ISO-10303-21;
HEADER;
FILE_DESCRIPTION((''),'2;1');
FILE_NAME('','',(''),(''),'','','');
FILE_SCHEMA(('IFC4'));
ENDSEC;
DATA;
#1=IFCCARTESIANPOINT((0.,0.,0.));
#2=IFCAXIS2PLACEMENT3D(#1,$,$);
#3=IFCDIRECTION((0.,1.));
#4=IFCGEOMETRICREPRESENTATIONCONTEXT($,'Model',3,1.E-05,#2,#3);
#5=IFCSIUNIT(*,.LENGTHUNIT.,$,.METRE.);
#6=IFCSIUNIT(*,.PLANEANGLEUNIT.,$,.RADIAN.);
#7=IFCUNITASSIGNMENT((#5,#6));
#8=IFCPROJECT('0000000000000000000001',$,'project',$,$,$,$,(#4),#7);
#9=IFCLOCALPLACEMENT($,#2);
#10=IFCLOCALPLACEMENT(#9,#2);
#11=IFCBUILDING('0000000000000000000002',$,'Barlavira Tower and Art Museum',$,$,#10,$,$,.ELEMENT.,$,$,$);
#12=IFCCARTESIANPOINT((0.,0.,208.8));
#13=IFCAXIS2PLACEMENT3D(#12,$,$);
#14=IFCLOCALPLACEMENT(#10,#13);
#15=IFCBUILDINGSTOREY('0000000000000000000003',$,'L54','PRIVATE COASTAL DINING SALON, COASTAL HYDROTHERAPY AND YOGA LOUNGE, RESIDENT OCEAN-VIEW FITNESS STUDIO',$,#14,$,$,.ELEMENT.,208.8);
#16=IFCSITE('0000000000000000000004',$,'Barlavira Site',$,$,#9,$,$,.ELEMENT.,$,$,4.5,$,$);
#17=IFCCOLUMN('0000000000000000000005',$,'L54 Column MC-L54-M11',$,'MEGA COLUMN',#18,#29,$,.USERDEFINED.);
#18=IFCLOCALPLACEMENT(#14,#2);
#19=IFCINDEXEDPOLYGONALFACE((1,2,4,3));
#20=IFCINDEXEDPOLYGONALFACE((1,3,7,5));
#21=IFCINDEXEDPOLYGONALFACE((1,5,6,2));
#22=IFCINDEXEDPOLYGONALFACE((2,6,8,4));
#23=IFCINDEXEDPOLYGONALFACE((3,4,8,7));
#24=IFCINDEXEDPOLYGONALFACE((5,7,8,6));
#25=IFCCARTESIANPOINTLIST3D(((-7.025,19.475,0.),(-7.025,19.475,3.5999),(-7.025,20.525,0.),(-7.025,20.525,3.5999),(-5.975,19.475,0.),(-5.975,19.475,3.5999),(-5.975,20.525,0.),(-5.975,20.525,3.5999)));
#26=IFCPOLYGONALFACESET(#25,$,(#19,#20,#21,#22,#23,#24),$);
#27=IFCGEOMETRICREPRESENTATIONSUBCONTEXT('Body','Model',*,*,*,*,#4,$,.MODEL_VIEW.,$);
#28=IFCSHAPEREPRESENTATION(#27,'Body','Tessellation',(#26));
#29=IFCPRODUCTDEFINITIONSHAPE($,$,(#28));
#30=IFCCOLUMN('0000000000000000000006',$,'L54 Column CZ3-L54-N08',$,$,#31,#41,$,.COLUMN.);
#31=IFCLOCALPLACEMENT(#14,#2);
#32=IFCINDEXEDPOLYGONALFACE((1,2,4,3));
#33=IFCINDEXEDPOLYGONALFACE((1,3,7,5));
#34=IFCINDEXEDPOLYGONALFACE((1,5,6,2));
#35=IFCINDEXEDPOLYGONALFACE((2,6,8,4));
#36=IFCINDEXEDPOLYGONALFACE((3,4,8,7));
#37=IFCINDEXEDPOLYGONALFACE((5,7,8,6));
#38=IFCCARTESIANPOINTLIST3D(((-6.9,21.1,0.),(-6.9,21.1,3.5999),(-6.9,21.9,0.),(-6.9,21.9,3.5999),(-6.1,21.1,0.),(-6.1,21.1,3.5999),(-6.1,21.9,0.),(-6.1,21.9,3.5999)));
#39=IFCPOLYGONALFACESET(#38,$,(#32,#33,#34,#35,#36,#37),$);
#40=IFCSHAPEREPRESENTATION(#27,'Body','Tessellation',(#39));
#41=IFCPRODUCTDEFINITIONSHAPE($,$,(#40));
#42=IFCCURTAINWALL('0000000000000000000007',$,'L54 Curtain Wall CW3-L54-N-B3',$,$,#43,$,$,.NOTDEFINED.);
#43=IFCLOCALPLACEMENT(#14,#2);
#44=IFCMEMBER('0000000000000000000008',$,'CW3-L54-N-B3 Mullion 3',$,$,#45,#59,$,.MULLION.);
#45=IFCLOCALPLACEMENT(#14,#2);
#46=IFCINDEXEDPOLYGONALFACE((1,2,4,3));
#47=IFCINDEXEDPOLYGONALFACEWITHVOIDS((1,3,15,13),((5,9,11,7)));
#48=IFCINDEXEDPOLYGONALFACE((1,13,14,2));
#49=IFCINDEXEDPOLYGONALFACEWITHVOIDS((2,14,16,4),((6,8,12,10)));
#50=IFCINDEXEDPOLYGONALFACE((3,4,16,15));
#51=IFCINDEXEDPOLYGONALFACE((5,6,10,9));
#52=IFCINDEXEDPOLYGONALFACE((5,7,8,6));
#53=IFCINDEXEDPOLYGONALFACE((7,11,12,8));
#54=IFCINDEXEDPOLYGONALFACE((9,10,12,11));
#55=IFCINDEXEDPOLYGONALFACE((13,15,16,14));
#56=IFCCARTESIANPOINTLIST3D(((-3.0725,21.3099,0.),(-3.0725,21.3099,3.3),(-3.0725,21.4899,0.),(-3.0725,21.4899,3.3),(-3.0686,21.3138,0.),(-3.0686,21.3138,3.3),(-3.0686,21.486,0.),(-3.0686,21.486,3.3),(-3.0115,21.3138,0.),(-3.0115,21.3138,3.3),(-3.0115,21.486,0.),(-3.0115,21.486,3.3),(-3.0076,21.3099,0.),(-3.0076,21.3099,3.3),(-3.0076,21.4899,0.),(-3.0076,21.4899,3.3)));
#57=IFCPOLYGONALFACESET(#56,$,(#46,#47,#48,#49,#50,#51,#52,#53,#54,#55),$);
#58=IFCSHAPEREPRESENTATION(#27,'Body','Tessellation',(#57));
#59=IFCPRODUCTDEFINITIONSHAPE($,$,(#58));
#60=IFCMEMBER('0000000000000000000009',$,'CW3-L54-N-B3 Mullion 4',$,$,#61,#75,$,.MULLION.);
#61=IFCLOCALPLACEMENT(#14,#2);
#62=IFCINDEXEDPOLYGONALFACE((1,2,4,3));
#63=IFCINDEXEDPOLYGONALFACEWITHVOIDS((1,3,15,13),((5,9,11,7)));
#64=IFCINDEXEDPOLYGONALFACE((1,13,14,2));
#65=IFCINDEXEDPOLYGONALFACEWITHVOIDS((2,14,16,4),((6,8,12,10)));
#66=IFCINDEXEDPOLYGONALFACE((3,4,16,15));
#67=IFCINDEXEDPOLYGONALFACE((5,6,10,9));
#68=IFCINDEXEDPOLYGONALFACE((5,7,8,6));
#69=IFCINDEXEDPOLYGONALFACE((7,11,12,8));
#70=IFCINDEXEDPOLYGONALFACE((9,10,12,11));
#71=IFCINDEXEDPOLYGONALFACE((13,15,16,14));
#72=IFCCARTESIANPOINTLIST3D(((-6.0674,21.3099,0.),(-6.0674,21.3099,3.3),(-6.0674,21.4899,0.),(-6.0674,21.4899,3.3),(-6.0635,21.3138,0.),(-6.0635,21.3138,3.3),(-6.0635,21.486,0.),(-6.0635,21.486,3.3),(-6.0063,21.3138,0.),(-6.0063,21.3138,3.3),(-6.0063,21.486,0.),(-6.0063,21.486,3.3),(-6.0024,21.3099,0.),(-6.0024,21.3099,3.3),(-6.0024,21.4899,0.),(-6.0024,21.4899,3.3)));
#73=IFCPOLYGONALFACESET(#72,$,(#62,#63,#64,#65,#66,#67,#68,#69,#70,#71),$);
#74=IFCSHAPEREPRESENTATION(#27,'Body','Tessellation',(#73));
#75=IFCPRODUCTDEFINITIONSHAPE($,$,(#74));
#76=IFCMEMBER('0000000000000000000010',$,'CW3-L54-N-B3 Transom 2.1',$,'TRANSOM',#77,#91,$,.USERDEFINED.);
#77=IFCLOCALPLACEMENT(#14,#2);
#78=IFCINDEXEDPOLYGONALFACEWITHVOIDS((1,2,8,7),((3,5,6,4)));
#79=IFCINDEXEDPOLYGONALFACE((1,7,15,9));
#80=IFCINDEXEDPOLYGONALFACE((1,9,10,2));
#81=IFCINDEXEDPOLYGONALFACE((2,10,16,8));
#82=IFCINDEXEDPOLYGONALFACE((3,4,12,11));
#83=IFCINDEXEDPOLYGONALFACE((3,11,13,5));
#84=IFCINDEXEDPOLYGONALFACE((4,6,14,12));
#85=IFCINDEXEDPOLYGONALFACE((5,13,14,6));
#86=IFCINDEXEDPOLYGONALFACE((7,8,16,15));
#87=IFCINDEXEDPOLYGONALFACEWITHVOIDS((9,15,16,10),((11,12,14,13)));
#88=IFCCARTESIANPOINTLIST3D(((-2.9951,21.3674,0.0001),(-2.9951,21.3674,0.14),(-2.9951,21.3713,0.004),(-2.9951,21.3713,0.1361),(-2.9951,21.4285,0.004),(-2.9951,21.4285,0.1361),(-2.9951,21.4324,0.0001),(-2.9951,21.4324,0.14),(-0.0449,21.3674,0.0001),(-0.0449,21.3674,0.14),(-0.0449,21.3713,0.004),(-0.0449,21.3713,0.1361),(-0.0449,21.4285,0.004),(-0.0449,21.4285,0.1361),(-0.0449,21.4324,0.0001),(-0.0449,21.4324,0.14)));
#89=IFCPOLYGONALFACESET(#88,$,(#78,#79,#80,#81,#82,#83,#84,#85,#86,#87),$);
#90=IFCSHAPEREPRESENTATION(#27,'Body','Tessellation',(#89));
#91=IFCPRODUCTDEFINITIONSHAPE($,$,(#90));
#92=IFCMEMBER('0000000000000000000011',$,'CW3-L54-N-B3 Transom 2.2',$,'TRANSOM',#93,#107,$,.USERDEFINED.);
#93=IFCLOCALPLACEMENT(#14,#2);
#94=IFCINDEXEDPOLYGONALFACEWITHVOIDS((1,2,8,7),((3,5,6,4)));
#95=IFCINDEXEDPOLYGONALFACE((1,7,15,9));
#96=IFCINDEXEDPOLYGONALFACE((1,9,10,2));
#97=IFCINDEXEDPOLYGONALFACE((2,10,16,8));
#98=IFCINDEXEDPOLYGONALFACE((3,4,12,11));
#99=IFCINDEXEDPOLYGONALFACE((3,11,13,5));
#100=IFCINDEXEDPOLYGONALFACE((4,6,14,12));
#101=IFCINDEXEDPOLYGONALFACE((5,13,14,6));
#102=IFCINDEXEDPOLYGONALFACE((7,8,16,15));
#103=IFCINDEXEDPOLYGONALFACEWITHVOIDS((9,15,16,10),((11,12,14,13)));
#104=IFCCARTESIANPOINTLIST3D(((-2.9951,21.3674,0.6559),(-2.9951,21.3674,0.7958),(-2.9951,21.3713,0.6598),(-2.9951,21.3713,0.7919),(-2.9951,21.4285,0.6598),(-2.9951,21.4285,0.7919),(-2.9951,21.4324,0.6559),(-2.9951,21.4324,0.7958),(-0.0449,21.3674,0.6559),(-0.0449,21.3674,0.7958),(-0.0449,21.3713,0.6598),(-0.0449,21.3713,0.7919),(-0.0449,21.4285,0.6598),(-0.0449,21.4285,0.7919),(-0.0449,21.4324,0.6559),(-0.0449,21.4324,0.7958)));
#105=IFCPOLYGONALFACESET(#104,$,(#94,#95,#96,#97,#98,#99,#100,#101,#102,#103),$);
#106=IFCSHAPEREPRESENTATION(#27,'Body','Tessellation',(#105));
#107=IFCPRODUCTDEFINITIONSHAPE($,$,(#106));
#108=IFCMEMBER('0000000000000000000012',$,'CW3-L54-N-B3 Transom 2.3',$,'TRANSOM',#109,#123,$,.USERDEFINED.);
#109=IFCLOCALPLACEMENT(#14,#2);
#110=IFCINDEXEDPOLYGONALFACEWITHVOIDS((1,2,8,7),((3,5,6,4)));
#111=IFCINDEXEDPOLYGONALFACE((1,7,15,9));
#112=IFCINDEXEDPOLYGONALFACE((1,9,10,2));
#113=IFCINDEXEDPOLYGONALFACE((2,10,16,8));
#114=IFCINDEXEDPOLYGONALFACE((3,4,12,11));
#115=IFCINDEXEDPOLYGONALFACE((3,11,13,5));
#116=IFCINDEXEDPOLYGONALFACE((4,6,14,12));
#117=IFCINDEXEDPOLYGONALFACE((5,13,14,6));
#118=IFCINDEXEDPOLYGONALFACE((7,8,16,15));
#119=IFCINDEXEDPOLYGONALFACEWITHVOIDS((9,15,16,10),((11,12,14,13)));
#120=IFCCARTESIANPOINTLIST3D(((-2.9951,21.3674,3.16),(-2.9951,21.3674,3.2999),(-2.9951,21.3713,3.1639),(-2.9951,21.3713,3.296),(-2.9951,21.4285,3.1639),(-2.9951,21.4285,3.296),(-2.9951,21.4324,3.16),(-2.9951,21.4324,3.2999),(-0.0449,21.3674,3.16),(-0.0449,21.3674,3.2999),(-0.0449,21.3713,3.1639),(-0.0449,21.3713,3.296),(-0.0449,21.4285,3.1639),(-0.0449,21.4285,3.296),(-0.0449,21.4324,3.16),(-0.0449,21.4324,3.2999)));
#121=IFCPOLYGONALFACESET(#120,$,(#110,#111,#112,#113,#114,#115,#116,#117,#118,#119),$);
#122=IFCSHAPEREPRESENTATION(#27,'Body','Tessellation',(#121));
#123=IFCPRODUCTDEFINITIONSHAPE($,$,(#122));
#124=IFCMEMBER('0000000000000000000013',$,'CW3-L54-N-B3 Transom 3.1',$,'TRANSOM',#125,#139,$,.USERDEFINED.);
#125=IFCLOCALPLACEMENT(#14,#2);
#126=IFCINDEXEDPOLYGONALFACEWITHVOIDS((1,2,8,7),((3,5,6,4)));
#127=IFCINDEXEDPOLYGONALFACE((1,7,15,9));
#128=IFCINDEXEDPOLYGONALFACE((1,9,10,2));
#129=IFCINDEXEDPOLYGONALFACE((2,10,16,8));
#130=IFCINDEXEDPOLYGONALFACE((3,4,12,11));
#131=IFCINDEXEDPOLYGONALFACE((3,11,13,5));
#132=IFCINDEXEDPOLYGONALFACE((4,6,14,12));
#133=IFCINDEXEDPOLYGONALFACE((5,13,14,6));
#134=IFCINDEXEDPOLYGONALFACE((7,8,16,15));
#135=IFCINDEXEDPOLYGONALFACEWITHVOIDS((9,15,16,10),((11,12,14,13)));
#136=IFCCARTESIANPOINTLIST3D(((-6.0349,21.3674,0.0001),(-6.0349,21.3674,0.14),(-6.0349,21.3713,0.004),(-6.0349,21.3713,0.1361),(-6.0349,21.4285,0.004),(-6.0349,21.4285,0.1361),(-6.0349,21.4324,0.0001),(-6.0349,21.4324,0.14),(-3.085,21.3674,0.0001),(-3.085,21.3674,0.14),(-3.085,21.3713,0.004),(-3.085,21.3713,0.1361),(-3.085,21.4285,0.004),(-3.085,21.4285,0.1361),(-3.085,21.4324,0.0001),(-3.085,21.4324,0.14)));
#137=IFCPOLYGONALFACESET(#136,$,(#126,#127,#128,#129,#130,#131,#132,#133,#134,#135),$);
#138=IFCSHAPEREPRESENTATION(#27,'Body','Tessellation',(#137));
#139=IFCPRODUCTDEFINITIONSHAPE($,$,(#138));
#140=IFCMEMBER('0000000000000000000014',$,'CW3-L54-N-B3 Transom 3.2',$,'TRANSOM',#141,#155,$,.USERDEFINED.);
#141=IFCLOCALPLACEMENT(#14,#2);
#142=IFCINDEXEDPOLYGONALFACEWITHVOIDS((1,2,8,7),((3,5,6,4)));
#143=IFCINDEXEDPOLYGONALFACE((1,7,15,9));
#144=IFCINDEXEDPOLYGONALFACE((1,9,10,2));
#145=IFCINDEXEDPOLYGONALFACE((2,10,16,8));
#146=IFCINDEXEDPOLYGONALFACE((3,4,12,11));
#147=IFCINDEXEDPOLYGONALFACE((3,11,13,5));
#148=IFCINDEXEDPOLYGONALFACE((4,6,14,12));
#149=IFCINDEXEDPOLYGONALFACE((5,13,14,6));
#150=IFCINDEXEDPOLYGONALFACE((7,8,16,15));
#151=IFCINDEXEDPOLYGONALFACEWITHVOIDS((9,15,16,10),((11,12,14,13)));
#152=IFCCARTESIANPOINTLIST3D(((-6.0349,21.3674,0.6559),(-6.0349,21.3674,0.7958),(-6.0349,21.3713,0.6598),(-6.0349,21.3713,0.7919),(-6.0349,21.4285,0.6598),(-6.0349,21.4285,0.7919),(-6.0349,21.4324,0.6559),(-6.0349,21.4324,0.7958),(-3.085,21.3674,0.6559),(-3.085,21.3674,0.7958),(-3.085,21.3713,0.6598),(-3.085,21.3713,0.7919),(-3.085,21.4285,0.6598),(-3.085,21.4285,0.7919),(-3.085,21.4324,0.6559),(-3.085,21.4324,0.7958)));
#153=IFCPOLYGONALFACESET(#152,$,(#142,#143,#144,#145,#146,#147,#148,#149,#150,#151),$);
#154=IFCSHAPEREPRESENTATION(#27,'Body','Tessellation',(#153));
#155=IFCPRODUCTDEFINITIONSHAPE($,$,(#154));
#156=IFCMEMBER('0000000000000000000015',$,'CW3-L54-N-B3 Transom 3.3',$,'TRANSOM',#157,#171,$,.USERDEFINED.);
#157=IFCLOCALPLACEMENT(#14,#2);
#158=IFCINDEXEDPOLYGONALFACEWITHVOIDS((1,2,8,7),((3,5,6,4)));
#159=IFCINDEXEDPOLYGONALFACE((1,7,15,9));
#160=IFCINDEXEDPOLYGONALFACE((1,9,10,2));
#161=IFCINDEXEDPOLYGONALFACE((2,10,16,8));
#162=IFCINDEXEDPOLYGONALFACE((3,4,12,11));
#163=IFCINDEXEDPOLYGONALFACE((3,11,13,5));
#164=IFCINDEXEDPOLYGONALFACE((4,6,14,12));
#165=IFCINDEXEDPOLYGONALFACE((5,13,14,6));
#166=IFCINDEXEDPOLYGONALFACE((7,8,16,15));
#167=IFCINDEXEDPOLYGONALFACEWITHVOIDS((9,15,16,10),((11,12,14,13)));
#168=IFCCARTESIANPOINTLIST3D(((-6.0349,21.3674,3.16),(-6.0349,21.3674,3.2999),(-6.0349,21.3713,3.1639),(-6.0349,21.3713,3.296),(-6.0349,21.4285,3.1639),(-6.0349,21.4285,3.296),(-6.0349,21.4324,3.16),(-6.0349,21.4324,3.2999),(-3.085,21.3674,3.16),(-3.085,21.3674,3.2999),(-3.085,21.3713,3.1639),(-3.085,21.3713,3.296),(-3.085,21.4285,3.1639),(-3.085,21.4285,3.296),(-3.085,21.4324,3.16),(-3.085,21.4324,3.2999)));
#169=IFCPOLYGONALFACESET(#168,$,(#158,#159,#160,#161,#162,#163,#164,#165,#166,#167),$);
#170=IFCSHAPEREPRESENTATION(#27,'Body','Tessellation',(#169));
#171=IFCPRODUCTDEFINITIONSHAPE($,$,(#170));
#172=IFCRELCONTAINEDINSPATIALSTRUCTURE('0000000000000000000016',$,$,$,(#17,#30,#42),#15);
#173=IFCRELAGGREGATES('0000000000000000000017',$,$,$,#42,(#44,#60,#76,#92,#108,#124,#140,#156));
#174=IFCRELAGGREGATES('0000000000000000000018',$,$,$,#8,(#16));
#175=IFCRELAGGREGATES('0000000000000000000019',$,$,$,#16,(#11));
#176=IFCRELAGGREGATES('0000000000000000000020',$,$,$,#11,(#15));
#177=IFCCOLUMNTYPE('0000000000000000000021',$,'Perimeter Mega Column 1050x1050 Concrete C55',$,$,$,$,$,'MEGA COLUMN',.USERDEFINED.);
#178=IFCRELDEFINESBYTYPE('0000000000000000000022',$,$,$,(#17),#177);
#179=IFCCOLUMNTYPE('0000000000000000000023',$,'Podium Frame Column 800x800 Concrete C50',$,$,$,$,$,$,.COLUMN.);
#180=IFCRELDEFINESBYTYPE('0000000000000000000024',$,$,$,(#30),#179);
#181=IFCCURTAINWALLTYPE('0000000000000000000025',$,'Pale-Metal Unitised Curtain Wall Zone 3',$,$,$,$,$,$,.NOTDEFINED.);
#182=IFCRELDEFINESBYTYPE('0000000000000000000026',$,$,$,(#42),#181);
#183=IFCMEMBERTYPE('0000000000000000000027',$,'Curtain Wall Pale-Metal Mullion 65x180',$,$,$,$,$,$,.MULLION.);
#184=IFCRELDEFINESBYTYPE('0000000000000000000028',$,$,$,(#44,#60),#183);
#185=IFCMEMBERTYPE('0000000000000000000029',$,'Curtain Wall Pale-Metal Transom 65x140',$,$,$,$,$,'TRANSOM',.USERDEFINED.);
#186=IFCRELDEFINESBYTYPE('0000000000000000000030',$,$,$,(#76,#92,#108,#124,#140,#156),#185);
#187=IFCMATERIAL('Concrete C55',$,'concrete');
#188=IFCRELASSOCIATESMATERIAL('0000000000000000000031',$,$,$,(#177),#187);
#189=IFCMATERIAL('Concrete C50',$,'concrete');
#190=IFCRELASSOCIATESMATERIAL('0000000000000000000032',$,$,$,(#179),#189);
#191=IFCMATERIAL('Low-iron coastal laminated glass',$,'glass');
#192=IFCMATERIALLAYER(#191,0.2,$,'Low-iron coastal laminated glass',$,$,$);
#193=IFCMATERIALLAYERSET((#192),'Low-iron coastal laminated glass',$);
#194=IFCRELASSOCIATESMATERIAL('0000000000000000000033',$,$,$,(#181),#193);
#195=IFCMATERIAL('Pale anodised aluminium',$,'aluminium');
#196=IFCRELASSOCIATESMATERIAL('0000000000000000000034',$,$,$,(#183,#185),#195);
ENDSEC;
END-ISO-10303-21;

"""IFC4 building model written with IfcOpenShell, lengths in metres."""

from ifc_helpers import new_model, si_unit, direction, frame, origin, origin_2d, place, context, subcontext, project, spatial, rectangle, hollow_rectangle, extrude, material, layer, layer_set, material_profile, profile_set, type_object, element, aggregate, save


model = new_model("IFC4")

# Units and contexts
model_context = context("Model", 3, precision=1e-05, world=origin(), true_north=direction((0.0, 1.0)))
body_context = subcontext(model_context, "Body", "Model", "MODEL_VIEW")
ifc_project = project(units=[si_unit("LENGTHUNIT", "METRE"), si_unit("PLANEANGLEUNIT", "RADIAN")], contexts=[model_context])

# Site, building, storey
site_placement = place(None, origin())
site = spatial("IfcSite", under=ifc_project, at=site_placement, Name="Barlavira Site", CompositionType="ELEMENT", RefElevation=4.5)
building_placement = place(site_placement, origin())
building = spatial("IfcBuilding", under=site, at=building_placement, Name="Barlavira Tower and Art Museum", CompositionType="ELEMENT")
storey_placement = place(building_placement, frame((0.0, 0.0, 208.8)))
storey = spatial("IfcBuildingStorey", under=building, at=storey_placement, Name="L54", Description="PRIVATE COASTAL DINING SALON, COASTAL HYDROTHERAPY AND YOGA LOUNGE, RESIDENT OCEAN-VIEW FITNESS STUDIO", CompositionType="ELEMENT", Elevation=208.8)

# Columns
ifc_material_1 = material(Name="Concrete C55", Category="concrete")
ifc_material_profile_1 = material_profile(ifc_material_1, rectangle(XDim=1.05, YDim=1.05, at=origin_2d()), Name="RC-COL 1050x1050")
ifc_profile_set_1 = profile_set([ifc_material_profile_1], Name="Concrete C55")
column_type_1 = type_object("IfcColumnType", Name="Perimeter Mega Column 1050x1050 Concrete C55", ElementType="MEGA COLUMN", PredefinedType="USERDEFINED", material=ifc_profile_set_1)
column_1_placement = place(storey_placement, frame((-6.5, 20.0, 0.0), z_axis=(0.0, 0.0, 1.0), x_axis=(1.0, 0.0, 0.0)))
element("IfcColumn", 1, at=column_1_placement, inside=storey, type_object=column_type_1, Name="L54 Column MC-L54-M11", ObjectType="MEGA COLUMN", PredefinedType="USERDEFINED", context=body_context, shape_type="SweptSolid", body=[
    extrude(rectangle(XDim=1.05, YDim=1.05, at=origin_2d()), origin(), (0.0, 0.0, 1.0), 3.5999),
])
ifc_material_2 = material(Name="Concrete C50", Category="concrete")
ifc_material_profile_2 = material_profile(ifc_material_2, rectangle(XDim=0.8, YDim=0.8, at=origin_2d()), Name="RC-COL 800x800")
ifc_profile_set_2 = profile_set([ifc_material_profile_2], Name="Concrete C50")
column_type_2 = type_object("IfcColumnType", Name="Podium Frame Column 800x800 Concrete C50", PredefinedType="COLUMN", material=ifc_profile_set_2)
column_2_placement = place(storey_placement, frame((-6.5, 21.5, 0.0), z_axis=(0.0, 0.0, 1.0), x_axis=(1.0, 0.0, 0.0)))
element("IfcColumn", 2, at=column_2_placement, inside=storey, type_object=column_type_2, Name="L54 Column CZ3-L54-N08", PredefinedType="COLUMN", context=body_context, shape_type="SweptSolid", body=[
    extrude(rectangle(XDim=0.8, YDim=0.8, at=origin_2d()), origin(), (0.0, 0.0, 1.0), 3.5999),
])

# Curtain wall, members
ifc_material_3 = material(Name="Low-iron coastal laminated glass", Category="glass")
ifc_layer_1 = layer(ifc_material_3, 0.2, Name="Low-iron coastal laminated glass")
ifc_layer_set_1 = layer_set([ifc_layer_1], Name="Low-iron coastal laminated glass")
curtain_wall_type = type_object("IfcCurtainWallType", Name="Pale-Metal Unitised Curtain Wall Zone 3", PredefinedType="NOTDEFINED", material=ifc_layer_set_1)
curtain_wall_placement = place(storey_placement, origin())
curtain_wall = element("IfcCurtainWall", 3, at=curtain_wall_placement, inside=storey, type_object=curtain_wall_type, Name="L54 Curtain Wall CW3-L54-N-B3", PredefinedType="NOTDEFINED")
ifc_material_4 = material(Name="Pale anodised aluminium", Category="aluminium")
ifc_material_profile_3 = material_profile(ifc_material_4, hollow_rectangle(XDim=0.0649, YDim=0.1799, WallThickness=0.0039, at=origin_2d()), Name="ALU-MULL 65x180x4")
ifc_profile_set_3 = profile_set([ifc_material_profile_3], Name="Pale anodised aluminium")
member_type_1 = type_object("IfcMemberType", Name="Curtain Wall Pale-Metal Mullion 65x180", PredefinedType="MULLION", material=ifc_profile_set_3)
member_1_placement = place(storey_placement, frame((-3.04, 21.3999, 0.0), z_axis=(0.0, 0.0, 1.0), x_axis=(-1.0, 0.0, 0.0)))
member_1 = element("IfcMember", 4, at=member_1_placement, type_object=member_type_1, Name="CW3-L54-N-B3 Mullion 3", PredefinedType="MULLION", context=body_context, shape_type="SweptSolid", body=[
    extrude(hollow_rectangle(XDim=0.0649, YDim=0.1799, WallThickness=0.0039, at=origin_2d()), origin(), (0.0, 0.0, 1.0), 3.3),
])
member_2_placement = place(storey_placement, frame((-6.0349, 21.3999, 0.0), z_axis=(0.0, 0.0, 1.0), x_axis=(-1.0, 0.0, 0.0)))
member_2 = element("IfcMember", 5, at=member_2_placement, type_object=member_type_1, Name="CW3-L54-N-B3 Mullion 4", PredefinedType="MULLION", context=body_context, shape_type="SweptSolid", body=[
    extrude(hollow_rectangle(XDim=0.0649, YDim=0.1799, WallThickness=0.0039, at=origin_2d()), origin(), (0.0, 0.0, 1.0), 3.3),
])
ifc_material_profile_4 = material_profile(ifc_material_4, hollow_rectangle(XDim=0.0649, YDim=0.1399, WallThickness=0.0039, at=origin_2d()), Name="ALU-TRAN 65x140x4")
ifc_profile_set_4 = profile_set([ifc_material_profile_4], Name="Pale anodised aluminium")
member_type_2 = type_object("IfcMemberType", Name="Curtain Wall Pale-Metal Transom 65x140", ElementType="TRANSOM", PredefinedType="USERDEFINED", material=ifc_profile_set_4)
member_3_placement = place(storey_placement, frame((-0.0449, 21.3999, 0.0701), z_axis=(-1.0, 0.0, 0.0), x_axis=(0.0, -1.0, 0.0)))
member_3 = element("IfcMember", 6, at=member_3_placement, type_object=member_type_2, Name="CW3-L54-N-B3 Transom 2.1", ObjectType="TRANSOM", PredefinedType="USERDEFINED", context=body_context, shape_type="SweptSolid", body=[
    extrude(hollow_rectangle(XDim=0.0649, YDim=0.1399, WallThickness=0.0039, at=origin_2d()), origin(), (0.0, 0.0, 1.0), 2.9502),
])
member_4_placement = place(storey_placement, frame((-0.0449, 21.3999, 0.7258), z_axis=(-1.0, 0.0, 0.0), x_axis=(0.0, -1.0, 0.0)))
member_4 = element("IfcMember", 7, at=member_4_placement, type_object=member_type_2, Name="CW3-L54-N-B3 Transom 2.2", ObjectType="TRANSOM", PredefinedType="USERDEFINED", context=body_context, shape_type="SweptSolid", body=[
    extrude(hollow_rectangle(XDim=0.0649, YDim=0.1399, WallThickness=0.0039, at=origin_2d()), origin(), (0.0, 0.0, 1.0), 2.9502),
])
member_5_placement = place(storey_placement, frame((-0.0449, 21.3999, 3.23), z_axis=(-1.0, 0.0, 0.0), x_axis=(0.0, -1.0, 0.0)))
member_5 = element("IfcMember", 8, at=member_5_placement, type_object=member_type_2, Name="CW3-L54-N-B3 Transom 2.3", ObjectType="TRANSOM", PredefinedType="USERDEFINED", context=body_context, shape_type="SweptSolid", body=[
    extrude(hollow_rectangle(XDim=0.0649, YDim=0.1399, WallThickness=0.0039, at=origin_2d()), origin(), (0.0, 0.0, 1.0), 2.9502),
])
member_6_placement = place(storey_placement, frame((-3.085, 21.3999, 0.0701), z_axis=(-1.0, 0.0, 0.0), x_axis=(0.0, -1.0, 0.0)))
member_6 = element("IfcMember", 9, at=member_6_placement, type_object=member_type_2, Name="CW3-L54-N-B3 Transom 3.1", ObjectType="TRANSOM", PredefinedType="USERDEFINED", context=body_context, shape_type="SweptSolid", body=[
    extrude(hollow_rectangle(XDim=0.0649, YDim=0.1399, WallThickness=0.0039, at=origin_2d()), origin(), (0.0, 0.0, 1.0), 2.95),
])
member_7_placement = place(storey_placement, frame((-3.085, 21.3999, 0.7258), z_axis=(-1.0, 0.0, 0.0), x_axis=(0.0, -1.0, 0.0)))
member_7 = element("IfcMember", 10, at=member_7_placement, type_object=member_type_2, Name="CW3-L54-N-B3 Transom 3.2", ObjectType="TRANSOM", PredefinedType="USERDEFINED", context=body_context, shape_type="SweptSolid", body=[
    extrude(hollow_rectangle(XDim=0.0649, YDim=0.1399, WallThickness=0.0039, at=origin_2d()), origin(), (0.0, 0.0, 1.0), 2.95),
])
member_8_placement = place(storey_placement, frame((-3.085, 21.3999, 3.23), z_axis=(-1.0, 0.0, 0.0), x_axis=(0.0, -1.0, 0.0)))
member_8 = element("IfcMember", 11, at=member_8_placement, type_object=member_type_2, Name="CW3-L54-N-B3 Transom 3.3", ObjectType="TRANSOM", PredefinedType="USERDEFINED", context=body_context, shape_type="SweptSolid", body=[
    extrude(hollow_rectangle(XDim=0.0649, YDim=0.1399, WallThickness=0.0039, at=origin_2d()), origin(), (0.0, 0.0, 1.0), 2.95),
])

aggregate(curtain_wall, [member_1, member_2, member_3, member_4, member_5, member_6, member_7, member_8])

save(model, "model.ifc")
